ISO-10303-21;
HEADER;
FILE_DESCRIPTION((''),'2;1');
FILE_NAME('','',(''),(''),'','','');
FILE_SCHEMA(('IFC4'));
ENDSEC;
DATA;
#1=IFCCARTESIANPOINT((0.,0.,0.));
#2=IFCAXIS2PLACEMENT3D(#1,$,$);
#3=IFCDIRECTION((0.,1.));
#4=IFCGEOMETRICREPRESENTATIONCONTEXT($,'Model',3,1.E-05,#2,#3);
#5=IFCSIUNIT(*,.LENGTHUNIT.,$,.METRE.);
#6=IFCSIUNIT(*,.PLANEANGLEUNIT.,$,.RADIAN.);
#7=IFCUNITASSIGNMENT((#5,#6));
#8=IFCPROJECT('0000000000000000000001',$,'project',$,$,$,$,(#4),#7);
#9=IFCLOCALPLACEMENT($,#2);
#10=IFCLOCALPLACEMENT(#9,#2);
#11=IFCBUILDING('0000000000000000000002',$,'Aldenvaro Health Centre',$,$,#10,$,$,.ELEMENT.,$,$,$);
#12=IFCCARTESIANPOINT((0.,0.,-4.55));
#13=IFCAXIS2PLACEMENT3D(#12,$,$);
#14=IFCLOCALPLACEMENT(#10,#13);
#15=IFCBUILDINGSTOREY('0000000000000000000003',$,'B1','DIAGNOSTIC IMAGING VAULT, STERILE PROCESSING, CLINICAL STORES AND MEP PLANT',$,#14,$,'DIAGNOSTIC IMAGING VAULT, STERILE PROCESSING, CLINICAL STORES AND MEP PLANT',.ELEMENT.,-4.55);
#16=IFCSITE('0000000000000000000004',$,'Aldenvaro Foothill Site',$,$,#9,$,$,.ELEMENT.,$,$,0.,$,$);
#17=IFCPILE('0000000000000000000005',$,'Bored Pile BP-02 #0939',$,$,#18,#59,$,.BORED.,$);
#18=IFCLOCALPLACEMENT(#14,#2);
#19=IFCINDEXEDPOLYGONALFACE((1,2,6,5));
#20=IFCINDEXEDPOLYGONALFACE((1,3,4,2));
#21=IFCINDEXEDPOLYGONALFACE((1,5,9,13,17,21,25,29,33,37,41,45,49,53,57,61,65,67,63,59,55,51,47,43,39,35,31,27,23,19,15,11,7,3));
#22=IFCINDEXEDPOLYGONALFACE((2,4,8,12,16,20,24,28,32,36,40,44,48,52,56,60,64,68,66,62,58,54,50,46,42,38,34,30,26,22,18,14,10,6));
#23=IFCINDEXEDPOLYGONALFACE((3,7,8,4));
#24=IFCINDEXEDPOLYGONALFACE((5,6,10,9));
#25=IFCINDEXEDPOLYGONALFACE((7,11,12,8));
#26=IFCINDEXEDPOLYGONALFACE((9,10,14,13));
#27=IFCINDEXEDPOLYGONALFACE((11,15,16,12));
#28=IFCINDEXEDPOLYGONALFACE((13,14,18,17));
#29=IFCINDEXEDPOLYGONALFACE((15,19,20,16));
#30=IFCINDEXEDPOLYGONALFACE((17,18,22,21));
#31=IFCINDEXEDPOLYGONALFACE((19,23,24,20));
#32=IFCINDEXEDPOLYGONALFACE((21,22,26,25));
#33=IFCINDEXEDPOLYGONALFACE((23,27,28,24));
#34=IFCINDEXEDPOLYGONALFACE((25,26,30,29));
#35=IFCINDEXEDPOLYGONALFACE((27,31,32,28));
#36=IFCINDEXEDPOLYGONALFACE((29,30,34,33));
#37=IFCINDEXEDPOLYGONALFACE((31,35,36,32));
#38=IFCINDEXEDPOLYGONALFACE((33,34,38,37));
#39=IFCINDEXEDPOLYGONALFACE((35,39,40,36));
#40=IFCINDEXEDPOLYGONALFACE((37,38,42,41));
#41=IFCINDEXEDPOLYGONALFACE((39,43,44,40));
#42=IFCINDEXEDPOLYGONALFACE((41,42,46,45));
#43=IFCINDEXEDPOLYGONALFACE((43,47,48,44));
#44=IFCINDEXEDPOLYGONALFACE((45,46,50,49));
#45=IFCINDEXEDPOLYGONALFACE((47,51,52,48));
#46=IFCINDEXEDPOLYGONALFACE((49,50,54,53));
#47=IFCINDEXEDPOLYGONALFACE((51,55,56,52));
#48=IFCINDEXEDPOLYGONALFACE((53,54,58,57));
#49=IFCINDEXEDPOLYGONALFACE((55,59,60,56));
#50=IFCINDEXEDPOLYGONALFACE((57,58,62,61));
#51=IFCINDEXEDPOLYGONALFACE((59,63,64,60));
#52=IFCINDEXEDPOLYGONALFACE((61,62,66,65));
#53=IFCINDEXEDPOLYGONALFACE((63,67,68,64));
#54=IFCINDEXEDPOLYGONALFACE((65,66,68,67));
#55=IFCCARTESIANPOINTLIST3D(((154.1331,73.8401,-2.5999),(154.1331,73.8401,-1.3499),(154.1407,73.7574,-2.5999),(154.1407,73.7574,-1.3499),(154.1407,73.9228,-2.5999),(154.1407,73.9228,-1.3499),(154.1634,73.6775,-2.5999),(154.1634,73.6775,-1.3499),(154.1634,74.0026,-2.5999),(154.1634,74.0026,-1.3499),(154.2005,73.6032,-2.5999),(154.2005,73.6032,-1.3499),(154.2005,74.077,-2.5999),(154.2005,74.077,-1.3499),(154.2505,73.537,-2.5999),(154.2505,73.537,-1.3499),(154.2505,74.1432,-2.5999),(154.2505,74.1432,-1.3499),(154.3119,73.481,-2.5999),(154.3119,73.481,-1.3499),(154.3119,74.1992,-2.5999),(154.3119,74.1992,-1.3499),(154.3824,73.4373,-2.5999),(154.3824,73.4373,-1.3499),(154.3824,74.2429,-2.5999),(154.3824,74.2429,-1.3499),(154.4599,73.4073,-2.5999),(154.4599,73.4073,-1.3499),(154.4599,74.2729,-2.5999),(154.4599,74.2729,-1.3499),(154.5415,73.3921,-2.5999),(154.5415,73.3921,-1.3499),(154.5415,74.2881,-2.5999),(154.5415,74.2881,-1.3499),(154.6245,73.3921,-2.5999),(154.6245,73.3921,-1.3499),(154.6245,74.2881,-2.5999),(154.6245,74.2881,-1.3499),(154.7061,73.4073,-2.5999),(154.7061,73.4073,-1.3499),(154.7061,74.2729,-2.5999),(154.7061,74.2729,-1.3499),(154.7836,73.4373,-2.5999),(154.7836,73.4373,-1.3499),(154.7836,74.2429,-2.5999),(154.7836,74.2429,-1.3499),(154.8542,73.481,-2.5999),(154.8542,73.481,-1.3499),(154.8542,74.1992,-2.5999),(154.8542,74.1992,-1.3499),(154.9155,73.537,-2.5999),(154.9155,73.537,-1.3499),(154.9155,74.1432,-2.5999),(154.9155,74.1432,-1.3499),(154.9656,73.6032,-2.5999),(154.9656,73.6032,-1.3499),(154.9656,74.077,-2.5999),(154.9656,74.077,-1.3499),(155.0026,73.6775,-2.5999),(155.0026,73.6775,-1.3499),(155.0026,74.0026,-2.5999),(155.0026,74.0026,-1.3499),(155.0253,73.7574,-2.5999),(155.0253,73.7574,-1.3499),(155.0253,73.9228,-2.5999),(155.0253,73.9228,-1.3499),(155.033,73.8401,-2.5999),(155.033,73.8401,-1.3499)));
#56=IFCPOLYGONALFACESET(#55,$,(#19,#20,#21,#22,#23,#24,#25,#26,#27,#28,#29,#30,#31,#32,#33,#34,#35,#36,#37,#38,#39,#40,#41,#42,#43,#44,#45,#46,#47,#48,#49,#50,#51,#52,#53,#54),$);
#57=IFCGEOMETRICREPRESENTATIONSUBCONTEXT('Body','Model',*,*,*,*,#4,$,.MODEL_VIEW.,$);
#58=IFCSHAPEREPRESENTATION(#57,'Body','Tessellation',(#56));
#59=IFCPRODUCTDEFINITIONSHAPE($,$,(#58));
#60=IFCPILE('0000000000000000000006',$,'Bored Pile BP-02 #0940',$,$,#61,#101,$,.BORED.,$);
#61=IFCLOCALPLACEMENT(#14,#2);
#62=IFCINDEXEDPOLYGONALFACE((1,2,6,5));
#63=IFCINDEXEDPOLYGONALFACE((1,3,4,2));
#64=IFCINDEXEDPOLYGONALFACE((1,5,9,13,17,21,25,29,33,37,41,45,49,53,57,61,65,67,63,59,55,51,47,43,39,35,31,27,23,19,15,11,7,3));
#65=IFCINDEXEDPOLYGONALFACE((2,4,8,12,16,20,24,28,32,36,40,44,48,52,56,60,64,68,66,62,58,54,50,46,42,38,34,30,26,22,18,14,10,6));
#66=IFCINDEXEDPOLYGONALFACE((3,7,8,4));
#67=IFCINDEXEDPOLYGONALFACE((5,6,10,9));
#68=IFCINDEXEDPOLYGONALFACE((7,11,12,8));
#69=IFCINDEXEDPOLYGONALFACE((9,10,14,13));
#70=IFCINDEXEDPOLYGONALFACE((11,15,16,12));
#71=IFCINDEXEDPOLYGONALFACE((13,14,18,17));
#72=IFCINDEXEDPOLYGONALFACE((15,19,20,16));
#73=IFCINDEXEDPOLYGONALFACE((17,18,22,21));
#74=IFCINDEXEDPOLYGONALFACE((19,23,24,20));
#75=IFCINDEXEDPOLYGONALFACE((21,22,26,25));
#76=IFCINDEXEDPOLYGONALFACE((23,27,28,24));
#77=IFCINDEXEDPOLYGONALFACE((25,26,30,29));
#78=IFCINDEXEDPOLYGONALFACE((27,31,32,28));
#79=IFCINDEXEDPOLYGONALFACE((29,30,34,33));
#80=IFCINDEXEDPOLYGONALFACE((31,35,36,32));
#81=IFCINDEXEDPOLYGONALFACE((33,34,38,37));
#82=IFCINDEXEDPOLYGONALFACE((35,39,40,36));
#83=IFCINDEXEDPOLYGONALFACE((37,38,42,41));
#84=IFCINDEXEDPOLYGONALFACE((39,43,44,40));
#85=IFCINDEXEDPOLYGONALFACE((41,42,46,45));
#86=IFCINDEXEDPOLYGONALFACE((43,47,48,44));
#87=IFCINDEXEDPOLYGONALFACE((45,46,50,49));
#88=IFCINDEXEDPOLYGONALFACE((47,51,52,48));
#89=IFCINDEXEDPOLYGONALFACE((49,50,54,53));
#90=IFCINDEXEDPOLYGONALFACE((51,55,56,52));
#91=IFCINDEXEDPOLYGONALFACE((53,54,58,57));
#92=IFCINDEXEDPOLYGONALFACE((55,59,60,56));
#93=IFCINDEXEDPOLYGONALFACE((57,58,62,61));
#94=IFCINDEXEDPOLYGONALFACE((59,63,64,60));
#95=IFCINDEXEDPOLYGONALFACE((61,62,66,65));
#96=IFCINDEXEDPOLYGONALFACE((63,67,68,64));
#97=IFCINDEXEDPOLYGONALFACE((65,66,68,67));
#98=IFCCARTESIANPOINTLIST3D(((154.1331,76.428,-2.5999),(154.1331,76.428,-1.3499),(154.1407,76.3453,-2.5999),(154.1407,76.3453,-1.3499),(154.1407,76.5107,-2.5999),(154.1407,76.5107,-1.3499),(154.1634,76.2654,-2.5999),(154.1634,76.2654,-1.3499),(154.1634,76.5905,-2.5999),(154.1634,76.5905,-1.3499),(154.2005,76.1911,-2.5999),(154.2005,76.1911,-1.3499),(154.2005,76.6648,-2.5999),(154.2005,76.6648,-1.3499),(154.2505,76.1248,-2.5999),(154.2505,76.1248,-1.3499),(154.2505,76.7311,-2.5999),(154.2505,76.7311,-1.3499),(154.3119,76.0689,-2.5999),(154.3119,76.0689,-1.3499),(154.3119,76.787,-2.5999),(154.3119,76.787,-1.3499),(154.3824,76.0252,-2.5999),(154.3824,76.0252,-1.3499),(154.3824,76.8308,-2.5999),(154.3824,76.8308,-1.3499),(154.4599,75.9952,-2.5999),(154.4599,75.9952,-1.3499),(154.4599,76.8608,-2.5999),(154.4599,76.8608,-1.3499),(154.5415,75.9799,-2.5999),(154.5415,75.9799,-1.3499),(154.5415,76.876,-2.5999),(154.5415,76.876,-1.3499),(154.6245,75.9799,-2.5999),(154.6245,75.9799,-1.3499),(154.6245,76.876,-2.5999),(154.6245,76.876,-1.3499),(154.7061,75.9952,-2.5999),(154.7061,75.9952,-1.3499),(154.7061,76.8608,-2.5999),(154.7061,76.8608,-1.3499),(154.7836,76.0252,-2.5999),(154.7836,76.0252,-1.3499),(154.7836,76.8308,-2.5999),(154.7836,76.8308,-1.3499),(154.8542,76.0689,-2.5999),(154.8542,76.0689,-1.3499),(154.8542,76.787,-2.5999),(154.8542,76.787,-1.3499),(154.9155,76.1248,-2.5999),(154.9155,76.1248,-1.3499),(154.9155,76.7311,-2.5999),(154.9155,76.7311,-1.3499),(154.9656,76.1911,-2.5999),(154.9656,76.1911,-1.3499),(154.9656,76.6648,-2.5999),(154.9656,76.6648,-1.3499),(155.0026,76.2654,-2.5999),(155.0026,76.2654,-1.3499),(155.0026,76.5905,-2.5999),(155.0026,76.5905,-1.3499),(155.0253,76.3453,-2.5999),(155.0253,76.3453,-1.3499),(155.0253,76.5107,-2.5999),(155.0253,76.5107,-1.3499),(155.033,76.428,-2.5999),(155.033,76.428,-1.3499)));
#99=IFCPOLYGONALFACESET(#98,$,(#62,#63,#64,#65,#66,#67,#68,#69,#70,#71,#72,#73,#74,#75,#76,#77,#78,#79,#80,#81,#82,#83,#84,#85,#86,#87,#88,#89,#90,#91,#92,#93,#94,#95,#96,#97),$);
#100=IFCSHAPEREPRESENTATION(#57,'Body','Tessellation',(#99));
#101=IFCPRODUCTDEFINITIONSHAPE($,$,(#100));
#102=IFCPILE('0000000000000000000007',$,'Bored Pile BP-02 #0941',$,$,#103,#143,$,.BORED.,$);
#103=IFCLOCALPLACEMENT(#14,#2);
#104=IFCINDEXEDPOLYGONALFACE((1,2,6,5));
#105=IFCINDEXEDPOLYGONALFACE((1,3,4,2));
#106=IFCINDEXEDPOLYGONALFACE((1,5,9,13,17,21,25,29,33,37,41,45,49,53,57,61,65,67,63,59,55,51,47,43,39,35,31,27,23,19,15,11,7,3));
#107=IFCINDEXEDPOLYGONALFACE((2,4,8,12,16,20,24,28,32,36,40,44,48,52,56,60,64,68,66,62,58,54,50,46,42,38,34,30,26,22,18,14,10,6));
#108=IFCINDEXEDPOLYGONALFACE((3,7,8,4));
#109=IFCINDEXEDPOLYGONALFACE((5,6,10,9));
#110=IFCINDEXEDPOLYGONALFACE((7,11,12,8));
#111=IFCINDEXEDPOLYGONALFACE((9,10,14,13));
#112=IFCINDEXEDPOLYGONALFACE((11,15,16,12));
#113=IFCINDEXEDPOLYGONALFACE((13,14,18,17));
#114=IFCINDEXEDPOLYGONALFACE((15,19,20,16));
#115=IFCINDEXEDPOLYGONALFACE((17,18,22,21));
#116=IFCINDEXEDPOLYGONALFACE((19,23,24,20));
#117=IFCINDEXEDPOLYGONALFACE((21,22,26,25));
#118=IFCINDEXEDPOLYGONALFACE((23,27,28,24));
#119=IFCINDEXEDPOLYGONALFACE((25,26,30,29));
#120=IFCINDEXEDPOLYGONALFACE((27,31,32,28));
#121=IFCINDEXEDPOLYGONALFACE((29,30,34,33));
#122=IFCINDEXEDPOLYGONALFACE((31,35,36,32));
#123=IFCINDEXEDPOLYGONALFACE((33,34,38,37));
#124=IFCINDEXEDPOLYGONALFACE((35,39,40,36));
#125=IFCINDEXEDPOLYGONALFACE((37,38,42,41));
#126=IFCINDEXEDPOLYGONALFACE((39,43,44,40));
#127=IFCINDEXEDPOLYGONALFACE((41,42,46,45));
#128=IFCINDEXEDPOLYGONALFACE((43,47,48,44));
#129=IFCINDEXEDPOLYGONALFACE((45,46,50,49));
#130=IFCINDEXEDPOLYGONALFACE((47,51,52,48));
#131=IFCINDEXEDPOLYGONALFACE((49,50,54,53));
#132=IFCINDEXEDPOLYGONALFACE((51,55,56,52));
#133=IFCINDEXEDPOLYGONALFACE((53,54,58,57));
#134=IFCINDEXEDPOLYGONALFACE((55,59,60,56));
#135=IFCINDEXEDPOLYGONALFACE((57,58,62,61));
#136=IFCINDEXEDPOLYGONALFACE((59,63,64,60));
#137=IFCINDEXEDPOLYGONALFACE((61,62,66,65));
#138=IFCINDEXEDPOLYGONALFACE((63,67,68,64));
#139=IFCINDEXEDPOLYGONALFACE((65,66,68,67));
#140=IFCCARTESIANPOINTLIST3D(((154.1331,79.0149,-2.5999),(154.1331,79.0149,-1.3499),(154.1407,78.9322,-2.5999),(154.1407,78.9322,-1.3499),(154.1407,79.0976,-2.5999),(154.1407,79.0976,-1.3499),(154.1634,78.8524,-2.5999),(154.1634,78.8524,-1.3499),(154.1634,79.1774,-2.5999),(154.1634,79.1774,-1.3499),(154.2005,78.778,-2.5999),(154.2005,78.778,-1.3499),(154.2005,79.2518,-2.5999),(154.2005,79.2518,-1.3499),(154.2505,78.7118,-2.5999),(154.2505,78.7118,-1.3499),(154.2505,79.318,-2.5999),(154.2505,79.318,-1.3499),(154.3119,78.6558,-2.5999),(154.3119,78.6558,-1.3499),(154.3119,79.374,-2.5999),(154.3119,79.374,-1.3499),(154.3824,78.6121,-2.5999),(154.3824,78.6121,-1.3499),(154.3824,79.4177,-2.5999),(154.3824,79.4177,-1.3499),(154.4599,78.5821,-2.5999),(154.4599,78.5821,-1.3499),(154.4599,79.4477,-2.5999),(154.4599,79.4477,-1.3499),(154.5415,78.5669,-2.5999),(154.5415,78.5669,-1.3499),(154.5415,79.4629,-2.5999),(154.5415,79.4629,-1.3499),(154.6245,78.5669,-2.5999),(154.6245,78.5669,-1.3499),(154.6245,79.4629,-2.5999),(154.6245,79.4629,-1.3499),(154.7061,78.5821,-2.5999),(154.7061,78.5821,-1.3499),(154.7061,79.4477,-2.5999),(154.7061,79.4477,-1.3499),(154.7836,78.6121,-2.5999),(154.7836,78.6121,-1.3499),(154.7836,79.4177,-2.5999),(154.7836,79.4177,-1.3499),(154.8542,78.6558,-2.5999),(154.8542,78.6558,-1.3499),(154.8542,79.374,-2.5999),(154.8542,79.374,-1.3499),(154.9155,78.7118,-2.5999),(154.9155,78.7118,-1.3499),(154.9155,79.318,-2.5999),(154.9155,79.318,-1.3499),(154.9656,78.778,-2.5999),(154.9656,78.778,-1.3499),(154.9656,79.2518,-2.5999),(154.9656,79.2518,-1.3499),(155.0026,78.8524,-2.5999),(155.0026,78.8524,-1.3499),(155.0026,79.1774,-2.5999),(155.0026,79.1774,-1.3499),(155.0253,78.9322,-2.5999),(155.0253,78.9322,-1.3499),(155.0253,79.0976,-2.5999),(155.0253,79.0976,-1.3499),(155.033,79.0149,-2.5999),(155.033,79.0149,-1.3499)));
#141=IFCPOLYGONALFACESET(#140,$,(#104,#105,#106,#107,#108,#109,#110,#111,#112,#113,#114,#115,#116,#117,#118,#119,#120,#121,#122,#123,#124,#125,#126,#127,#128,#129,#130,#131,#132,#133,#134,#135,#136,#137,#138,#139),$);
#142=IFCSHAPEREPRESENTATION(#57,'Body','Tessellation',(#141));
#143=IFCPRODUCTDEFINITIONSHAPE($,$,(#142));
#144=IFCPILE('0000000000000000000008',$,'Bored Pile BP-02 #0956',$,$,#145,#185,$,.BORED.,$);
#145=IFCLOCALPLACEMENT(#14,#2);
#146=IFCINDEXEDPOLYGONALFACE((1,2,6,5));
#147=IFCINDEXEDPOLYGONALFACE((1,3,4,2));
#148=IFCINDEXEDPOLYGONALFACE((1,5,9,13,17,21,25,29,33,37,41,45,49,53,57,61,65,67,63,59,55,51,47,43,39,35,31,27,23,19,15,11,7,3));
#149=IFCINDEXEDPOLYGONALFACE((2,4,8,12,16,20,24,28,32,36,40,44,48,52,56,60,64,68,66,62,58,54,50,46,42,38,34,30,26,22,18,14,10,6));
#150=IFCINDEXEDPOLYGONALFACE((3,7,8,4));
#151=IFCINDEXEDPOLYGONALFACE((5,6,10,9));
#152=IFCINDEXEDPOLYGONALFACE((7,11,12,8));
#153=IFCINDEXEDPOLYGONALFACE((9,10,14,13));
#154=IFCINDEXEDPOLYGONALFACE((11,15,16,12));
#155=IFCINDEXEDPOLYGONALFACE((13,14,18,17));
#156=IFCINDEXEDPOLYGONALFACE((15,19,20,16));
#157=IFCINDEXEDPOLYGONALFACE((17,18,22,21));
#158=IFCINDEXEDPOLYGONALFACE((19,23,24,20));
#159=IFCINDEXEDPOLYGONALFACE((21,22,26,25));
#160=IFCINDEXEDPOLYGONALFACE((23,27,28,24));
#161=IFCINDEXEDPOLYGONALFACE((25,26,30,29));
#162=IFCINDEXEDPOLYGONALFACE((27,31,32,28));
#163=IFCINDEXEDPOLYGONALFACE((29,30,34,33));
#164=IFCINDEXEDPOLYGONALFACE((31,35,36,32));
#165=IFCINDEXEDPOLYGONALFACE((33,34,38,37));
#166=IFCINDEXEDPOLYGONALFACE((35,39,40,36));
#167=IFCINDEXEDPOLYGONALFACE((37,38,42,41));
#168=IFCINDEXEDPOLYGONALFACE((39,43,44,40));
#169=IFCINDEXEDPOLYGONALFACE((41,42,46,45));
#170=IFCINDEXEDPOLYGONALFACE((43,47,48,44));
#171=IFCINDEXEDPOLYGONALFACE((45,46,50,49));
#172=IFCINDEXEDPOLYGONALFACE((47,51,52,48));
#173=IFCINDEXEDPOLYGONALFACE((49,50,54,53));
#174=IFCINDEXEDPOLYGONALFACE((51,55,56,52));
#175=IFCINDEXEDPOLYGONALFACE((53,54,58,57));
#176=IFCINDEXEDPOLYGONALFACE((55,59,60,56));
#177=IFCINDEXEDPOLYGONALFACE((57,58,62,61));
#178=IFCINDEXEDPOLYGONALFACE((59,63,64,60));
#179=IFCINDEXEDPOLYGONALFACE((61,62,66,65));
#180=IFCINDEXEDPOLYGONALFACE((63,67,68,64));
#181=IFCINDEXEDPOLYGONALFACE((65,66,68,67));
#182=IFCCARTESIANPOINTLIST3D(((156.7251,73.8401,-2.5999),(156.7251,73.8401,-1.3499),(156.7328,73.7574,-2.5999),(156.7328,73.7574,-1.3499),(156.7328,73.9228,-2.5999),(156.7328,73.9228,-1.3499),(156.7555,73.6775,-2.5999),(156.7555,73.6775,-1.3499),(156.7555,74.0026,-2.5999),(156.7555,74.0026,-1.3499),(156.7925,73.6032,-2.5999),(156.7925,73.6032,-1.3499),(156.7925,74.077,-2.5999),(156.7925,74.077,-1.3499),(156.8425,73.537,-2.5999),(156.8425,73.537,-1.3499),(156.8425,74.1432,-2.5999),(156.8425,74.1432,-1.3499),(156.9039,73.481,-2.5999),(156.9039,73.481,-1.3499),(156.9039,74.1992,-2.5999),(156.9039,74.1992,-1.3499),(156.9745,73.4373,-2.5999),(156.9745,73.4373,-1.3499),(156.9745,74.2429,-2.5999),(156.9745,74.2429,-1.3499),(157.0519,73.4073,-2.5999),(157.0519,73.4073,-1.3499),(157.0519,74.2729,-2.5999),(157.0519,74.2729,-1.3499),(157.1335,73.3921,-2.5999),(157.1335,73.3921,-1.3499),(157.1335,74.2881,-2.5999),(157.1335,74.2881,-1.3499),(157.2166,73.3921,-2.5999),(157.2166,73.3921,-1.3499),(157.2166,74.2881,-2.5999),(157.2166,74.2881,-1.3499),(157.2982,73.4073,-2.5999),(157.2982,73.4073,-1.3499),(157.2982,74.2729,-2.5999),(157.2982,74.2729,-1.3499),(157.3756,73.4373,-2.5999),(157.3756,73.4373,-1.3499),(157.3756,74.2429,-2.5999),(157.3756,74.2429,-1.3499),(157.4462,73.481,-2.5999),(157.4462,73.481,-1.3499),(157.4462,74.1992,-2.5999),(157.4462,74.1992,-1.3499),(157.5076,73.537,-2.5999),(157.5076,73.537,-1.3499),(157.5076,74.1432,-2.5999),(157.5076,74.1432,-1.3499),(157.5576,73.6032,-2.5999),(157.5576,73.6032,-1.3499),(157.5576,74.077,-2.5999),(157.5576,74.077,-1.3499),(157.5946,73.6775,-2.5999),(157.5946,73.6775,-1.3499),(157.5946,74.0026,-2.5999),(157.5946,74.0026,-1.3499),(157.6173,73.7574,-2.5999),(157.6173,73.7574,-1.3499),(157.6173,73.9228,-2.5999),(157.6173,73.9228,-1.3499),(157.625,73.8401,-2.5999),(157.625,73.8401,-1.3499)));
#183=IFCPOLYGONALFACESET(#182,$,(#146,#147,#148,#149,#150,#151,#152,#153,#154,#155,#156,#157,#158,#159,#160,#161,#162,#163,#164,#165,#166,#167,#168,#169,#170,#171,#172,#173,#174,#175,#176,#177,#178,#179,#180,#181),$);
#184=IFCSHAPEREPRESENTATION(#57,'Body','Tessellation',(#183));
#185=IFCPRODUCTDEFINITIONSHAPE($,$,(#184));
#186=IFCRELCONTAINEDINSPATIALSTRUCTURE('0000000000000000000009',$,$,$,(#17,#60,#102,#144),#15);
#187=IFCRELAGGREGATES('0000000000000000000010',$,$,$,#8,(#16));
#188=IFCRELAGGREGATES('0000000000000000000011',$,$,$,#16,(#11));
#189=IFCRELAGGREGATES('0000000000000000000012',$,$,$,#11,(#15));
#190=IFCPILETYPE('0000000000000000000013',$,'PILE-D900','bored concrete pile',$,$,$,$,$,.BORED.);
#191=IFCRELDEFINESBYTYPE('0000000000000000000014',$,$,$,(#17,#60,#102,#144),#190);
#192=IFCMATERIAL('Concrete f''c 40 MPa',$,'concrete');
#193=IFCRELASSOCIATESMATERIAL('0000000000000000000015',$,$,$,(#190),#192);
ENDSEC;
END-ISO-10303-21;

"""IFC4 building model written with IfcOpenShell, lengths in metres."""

from ifc_helpers import new_model, si_unit, direction, frame, origin, origin_2d, place, context, subcontext, project, spatial, circle, extrude, material, material_profile, profile_set, type_object, element, save


model = new_model("IFC4")

# Units and contexts
model_context = context("Model", 3, precision=1e-05, world=origin(), true_north=direction((0.0, 1.0)))
body_context = subcontext(model_context, "Body", "Model", "MODEL_VIEW")
ifc_project = project(units=[si_unit("LENGTHUNIT", "METRE"), si_unit("PLANEANGLEUNIT", "RADIAN")], contexts=[model_context])

# Site, building, storey
site_placement = place(None, origin())
site = spatial("IfcSite", under=ifc_project, at=site_placement, Name="Aldenvaro Foothill Site", CompositionType="ELEMENT", RefElevation=0.0)
building_placement = place(site_placement, origin())
building = spatial("IfcBuilding", under=site, at=building_placement, Name="Aldenvaro Health Centre", CompositionType="ELEMENT")
storey_placement = place(building_placement, frame((0.0, 0.0, -4.55)))
storey = spatial("IfcBuildingStorey", under=building, at=storey_placement, Name="B1", Description="DIAGNOSTIC IMAGING VAULT, STERILE PROCESSING, CLINICAL STORES AND MEP PLANT", LongName="DIAGNOSTIC IMAGING VAULT, STERILE PROCESSING, CLINICAL STORES AND MEP PLANT", CompositionType="ELEMENT", Elevation=-4.55)

# Piles
ifc_material_1 = material(Name="Concrete f'c 40 MPa", Category="concrete")
ifc_material_profile_1 = material_profile(ifc_material_1, circle(Radius=0.45, at=origin_2d()), Name="PILE D900", Category="concrete")
ifc_profile_set_1 = profile_set([ifc_material_profile_1], Name="Concrete f'c 40 MPa")
pile_type = type_object("IfcPileType", Name="PILE-D900", Description="bored concrete pile", PredefinedType="BORED", material=ifc_profile_set_1)
for number, where, z_axis, x_axis, name in (
    (1, (154.583, 73.8401, -1.3499), (0.0, 0.0, -1.0), (1.0, 0.0, 0.0), "Bored Pile BP-02 #0939"),
    (2, (154.583, 76.428, -1.3499), (0.0, 0.0, -1.0), (1.0, 0.0, 0.0), "Bored Pile BP-02 #0940"),
    (3, (154.583, 79.0149, -1.3499), (0.0, 0.0, -1.0), (1.0, 0.0, 0.0), "Bored Pile BP-02 #0941"),
    (4, (157.175, 73.8401, -1.3499), (0.0, 0.0, -1.0), (1.0, 0.0, 0.0), "Bored Pile BP-02 #0956"),
):
    element("IfcPile", number, at=place(storey_placement, frame(where, z_axis=z_axis, x_axis=x_axis)), inside=storey, type_object=pile_type, Name=name, PredefinedType="BORED", context=body_context, shape_type="SweptSolid", body=[
        extrude(circle(Radius=0.45, at=origin_2d()), origin(), (0.0, 0.0, 1.0), 1.25),
    ])

save(model, "model.ifc")
